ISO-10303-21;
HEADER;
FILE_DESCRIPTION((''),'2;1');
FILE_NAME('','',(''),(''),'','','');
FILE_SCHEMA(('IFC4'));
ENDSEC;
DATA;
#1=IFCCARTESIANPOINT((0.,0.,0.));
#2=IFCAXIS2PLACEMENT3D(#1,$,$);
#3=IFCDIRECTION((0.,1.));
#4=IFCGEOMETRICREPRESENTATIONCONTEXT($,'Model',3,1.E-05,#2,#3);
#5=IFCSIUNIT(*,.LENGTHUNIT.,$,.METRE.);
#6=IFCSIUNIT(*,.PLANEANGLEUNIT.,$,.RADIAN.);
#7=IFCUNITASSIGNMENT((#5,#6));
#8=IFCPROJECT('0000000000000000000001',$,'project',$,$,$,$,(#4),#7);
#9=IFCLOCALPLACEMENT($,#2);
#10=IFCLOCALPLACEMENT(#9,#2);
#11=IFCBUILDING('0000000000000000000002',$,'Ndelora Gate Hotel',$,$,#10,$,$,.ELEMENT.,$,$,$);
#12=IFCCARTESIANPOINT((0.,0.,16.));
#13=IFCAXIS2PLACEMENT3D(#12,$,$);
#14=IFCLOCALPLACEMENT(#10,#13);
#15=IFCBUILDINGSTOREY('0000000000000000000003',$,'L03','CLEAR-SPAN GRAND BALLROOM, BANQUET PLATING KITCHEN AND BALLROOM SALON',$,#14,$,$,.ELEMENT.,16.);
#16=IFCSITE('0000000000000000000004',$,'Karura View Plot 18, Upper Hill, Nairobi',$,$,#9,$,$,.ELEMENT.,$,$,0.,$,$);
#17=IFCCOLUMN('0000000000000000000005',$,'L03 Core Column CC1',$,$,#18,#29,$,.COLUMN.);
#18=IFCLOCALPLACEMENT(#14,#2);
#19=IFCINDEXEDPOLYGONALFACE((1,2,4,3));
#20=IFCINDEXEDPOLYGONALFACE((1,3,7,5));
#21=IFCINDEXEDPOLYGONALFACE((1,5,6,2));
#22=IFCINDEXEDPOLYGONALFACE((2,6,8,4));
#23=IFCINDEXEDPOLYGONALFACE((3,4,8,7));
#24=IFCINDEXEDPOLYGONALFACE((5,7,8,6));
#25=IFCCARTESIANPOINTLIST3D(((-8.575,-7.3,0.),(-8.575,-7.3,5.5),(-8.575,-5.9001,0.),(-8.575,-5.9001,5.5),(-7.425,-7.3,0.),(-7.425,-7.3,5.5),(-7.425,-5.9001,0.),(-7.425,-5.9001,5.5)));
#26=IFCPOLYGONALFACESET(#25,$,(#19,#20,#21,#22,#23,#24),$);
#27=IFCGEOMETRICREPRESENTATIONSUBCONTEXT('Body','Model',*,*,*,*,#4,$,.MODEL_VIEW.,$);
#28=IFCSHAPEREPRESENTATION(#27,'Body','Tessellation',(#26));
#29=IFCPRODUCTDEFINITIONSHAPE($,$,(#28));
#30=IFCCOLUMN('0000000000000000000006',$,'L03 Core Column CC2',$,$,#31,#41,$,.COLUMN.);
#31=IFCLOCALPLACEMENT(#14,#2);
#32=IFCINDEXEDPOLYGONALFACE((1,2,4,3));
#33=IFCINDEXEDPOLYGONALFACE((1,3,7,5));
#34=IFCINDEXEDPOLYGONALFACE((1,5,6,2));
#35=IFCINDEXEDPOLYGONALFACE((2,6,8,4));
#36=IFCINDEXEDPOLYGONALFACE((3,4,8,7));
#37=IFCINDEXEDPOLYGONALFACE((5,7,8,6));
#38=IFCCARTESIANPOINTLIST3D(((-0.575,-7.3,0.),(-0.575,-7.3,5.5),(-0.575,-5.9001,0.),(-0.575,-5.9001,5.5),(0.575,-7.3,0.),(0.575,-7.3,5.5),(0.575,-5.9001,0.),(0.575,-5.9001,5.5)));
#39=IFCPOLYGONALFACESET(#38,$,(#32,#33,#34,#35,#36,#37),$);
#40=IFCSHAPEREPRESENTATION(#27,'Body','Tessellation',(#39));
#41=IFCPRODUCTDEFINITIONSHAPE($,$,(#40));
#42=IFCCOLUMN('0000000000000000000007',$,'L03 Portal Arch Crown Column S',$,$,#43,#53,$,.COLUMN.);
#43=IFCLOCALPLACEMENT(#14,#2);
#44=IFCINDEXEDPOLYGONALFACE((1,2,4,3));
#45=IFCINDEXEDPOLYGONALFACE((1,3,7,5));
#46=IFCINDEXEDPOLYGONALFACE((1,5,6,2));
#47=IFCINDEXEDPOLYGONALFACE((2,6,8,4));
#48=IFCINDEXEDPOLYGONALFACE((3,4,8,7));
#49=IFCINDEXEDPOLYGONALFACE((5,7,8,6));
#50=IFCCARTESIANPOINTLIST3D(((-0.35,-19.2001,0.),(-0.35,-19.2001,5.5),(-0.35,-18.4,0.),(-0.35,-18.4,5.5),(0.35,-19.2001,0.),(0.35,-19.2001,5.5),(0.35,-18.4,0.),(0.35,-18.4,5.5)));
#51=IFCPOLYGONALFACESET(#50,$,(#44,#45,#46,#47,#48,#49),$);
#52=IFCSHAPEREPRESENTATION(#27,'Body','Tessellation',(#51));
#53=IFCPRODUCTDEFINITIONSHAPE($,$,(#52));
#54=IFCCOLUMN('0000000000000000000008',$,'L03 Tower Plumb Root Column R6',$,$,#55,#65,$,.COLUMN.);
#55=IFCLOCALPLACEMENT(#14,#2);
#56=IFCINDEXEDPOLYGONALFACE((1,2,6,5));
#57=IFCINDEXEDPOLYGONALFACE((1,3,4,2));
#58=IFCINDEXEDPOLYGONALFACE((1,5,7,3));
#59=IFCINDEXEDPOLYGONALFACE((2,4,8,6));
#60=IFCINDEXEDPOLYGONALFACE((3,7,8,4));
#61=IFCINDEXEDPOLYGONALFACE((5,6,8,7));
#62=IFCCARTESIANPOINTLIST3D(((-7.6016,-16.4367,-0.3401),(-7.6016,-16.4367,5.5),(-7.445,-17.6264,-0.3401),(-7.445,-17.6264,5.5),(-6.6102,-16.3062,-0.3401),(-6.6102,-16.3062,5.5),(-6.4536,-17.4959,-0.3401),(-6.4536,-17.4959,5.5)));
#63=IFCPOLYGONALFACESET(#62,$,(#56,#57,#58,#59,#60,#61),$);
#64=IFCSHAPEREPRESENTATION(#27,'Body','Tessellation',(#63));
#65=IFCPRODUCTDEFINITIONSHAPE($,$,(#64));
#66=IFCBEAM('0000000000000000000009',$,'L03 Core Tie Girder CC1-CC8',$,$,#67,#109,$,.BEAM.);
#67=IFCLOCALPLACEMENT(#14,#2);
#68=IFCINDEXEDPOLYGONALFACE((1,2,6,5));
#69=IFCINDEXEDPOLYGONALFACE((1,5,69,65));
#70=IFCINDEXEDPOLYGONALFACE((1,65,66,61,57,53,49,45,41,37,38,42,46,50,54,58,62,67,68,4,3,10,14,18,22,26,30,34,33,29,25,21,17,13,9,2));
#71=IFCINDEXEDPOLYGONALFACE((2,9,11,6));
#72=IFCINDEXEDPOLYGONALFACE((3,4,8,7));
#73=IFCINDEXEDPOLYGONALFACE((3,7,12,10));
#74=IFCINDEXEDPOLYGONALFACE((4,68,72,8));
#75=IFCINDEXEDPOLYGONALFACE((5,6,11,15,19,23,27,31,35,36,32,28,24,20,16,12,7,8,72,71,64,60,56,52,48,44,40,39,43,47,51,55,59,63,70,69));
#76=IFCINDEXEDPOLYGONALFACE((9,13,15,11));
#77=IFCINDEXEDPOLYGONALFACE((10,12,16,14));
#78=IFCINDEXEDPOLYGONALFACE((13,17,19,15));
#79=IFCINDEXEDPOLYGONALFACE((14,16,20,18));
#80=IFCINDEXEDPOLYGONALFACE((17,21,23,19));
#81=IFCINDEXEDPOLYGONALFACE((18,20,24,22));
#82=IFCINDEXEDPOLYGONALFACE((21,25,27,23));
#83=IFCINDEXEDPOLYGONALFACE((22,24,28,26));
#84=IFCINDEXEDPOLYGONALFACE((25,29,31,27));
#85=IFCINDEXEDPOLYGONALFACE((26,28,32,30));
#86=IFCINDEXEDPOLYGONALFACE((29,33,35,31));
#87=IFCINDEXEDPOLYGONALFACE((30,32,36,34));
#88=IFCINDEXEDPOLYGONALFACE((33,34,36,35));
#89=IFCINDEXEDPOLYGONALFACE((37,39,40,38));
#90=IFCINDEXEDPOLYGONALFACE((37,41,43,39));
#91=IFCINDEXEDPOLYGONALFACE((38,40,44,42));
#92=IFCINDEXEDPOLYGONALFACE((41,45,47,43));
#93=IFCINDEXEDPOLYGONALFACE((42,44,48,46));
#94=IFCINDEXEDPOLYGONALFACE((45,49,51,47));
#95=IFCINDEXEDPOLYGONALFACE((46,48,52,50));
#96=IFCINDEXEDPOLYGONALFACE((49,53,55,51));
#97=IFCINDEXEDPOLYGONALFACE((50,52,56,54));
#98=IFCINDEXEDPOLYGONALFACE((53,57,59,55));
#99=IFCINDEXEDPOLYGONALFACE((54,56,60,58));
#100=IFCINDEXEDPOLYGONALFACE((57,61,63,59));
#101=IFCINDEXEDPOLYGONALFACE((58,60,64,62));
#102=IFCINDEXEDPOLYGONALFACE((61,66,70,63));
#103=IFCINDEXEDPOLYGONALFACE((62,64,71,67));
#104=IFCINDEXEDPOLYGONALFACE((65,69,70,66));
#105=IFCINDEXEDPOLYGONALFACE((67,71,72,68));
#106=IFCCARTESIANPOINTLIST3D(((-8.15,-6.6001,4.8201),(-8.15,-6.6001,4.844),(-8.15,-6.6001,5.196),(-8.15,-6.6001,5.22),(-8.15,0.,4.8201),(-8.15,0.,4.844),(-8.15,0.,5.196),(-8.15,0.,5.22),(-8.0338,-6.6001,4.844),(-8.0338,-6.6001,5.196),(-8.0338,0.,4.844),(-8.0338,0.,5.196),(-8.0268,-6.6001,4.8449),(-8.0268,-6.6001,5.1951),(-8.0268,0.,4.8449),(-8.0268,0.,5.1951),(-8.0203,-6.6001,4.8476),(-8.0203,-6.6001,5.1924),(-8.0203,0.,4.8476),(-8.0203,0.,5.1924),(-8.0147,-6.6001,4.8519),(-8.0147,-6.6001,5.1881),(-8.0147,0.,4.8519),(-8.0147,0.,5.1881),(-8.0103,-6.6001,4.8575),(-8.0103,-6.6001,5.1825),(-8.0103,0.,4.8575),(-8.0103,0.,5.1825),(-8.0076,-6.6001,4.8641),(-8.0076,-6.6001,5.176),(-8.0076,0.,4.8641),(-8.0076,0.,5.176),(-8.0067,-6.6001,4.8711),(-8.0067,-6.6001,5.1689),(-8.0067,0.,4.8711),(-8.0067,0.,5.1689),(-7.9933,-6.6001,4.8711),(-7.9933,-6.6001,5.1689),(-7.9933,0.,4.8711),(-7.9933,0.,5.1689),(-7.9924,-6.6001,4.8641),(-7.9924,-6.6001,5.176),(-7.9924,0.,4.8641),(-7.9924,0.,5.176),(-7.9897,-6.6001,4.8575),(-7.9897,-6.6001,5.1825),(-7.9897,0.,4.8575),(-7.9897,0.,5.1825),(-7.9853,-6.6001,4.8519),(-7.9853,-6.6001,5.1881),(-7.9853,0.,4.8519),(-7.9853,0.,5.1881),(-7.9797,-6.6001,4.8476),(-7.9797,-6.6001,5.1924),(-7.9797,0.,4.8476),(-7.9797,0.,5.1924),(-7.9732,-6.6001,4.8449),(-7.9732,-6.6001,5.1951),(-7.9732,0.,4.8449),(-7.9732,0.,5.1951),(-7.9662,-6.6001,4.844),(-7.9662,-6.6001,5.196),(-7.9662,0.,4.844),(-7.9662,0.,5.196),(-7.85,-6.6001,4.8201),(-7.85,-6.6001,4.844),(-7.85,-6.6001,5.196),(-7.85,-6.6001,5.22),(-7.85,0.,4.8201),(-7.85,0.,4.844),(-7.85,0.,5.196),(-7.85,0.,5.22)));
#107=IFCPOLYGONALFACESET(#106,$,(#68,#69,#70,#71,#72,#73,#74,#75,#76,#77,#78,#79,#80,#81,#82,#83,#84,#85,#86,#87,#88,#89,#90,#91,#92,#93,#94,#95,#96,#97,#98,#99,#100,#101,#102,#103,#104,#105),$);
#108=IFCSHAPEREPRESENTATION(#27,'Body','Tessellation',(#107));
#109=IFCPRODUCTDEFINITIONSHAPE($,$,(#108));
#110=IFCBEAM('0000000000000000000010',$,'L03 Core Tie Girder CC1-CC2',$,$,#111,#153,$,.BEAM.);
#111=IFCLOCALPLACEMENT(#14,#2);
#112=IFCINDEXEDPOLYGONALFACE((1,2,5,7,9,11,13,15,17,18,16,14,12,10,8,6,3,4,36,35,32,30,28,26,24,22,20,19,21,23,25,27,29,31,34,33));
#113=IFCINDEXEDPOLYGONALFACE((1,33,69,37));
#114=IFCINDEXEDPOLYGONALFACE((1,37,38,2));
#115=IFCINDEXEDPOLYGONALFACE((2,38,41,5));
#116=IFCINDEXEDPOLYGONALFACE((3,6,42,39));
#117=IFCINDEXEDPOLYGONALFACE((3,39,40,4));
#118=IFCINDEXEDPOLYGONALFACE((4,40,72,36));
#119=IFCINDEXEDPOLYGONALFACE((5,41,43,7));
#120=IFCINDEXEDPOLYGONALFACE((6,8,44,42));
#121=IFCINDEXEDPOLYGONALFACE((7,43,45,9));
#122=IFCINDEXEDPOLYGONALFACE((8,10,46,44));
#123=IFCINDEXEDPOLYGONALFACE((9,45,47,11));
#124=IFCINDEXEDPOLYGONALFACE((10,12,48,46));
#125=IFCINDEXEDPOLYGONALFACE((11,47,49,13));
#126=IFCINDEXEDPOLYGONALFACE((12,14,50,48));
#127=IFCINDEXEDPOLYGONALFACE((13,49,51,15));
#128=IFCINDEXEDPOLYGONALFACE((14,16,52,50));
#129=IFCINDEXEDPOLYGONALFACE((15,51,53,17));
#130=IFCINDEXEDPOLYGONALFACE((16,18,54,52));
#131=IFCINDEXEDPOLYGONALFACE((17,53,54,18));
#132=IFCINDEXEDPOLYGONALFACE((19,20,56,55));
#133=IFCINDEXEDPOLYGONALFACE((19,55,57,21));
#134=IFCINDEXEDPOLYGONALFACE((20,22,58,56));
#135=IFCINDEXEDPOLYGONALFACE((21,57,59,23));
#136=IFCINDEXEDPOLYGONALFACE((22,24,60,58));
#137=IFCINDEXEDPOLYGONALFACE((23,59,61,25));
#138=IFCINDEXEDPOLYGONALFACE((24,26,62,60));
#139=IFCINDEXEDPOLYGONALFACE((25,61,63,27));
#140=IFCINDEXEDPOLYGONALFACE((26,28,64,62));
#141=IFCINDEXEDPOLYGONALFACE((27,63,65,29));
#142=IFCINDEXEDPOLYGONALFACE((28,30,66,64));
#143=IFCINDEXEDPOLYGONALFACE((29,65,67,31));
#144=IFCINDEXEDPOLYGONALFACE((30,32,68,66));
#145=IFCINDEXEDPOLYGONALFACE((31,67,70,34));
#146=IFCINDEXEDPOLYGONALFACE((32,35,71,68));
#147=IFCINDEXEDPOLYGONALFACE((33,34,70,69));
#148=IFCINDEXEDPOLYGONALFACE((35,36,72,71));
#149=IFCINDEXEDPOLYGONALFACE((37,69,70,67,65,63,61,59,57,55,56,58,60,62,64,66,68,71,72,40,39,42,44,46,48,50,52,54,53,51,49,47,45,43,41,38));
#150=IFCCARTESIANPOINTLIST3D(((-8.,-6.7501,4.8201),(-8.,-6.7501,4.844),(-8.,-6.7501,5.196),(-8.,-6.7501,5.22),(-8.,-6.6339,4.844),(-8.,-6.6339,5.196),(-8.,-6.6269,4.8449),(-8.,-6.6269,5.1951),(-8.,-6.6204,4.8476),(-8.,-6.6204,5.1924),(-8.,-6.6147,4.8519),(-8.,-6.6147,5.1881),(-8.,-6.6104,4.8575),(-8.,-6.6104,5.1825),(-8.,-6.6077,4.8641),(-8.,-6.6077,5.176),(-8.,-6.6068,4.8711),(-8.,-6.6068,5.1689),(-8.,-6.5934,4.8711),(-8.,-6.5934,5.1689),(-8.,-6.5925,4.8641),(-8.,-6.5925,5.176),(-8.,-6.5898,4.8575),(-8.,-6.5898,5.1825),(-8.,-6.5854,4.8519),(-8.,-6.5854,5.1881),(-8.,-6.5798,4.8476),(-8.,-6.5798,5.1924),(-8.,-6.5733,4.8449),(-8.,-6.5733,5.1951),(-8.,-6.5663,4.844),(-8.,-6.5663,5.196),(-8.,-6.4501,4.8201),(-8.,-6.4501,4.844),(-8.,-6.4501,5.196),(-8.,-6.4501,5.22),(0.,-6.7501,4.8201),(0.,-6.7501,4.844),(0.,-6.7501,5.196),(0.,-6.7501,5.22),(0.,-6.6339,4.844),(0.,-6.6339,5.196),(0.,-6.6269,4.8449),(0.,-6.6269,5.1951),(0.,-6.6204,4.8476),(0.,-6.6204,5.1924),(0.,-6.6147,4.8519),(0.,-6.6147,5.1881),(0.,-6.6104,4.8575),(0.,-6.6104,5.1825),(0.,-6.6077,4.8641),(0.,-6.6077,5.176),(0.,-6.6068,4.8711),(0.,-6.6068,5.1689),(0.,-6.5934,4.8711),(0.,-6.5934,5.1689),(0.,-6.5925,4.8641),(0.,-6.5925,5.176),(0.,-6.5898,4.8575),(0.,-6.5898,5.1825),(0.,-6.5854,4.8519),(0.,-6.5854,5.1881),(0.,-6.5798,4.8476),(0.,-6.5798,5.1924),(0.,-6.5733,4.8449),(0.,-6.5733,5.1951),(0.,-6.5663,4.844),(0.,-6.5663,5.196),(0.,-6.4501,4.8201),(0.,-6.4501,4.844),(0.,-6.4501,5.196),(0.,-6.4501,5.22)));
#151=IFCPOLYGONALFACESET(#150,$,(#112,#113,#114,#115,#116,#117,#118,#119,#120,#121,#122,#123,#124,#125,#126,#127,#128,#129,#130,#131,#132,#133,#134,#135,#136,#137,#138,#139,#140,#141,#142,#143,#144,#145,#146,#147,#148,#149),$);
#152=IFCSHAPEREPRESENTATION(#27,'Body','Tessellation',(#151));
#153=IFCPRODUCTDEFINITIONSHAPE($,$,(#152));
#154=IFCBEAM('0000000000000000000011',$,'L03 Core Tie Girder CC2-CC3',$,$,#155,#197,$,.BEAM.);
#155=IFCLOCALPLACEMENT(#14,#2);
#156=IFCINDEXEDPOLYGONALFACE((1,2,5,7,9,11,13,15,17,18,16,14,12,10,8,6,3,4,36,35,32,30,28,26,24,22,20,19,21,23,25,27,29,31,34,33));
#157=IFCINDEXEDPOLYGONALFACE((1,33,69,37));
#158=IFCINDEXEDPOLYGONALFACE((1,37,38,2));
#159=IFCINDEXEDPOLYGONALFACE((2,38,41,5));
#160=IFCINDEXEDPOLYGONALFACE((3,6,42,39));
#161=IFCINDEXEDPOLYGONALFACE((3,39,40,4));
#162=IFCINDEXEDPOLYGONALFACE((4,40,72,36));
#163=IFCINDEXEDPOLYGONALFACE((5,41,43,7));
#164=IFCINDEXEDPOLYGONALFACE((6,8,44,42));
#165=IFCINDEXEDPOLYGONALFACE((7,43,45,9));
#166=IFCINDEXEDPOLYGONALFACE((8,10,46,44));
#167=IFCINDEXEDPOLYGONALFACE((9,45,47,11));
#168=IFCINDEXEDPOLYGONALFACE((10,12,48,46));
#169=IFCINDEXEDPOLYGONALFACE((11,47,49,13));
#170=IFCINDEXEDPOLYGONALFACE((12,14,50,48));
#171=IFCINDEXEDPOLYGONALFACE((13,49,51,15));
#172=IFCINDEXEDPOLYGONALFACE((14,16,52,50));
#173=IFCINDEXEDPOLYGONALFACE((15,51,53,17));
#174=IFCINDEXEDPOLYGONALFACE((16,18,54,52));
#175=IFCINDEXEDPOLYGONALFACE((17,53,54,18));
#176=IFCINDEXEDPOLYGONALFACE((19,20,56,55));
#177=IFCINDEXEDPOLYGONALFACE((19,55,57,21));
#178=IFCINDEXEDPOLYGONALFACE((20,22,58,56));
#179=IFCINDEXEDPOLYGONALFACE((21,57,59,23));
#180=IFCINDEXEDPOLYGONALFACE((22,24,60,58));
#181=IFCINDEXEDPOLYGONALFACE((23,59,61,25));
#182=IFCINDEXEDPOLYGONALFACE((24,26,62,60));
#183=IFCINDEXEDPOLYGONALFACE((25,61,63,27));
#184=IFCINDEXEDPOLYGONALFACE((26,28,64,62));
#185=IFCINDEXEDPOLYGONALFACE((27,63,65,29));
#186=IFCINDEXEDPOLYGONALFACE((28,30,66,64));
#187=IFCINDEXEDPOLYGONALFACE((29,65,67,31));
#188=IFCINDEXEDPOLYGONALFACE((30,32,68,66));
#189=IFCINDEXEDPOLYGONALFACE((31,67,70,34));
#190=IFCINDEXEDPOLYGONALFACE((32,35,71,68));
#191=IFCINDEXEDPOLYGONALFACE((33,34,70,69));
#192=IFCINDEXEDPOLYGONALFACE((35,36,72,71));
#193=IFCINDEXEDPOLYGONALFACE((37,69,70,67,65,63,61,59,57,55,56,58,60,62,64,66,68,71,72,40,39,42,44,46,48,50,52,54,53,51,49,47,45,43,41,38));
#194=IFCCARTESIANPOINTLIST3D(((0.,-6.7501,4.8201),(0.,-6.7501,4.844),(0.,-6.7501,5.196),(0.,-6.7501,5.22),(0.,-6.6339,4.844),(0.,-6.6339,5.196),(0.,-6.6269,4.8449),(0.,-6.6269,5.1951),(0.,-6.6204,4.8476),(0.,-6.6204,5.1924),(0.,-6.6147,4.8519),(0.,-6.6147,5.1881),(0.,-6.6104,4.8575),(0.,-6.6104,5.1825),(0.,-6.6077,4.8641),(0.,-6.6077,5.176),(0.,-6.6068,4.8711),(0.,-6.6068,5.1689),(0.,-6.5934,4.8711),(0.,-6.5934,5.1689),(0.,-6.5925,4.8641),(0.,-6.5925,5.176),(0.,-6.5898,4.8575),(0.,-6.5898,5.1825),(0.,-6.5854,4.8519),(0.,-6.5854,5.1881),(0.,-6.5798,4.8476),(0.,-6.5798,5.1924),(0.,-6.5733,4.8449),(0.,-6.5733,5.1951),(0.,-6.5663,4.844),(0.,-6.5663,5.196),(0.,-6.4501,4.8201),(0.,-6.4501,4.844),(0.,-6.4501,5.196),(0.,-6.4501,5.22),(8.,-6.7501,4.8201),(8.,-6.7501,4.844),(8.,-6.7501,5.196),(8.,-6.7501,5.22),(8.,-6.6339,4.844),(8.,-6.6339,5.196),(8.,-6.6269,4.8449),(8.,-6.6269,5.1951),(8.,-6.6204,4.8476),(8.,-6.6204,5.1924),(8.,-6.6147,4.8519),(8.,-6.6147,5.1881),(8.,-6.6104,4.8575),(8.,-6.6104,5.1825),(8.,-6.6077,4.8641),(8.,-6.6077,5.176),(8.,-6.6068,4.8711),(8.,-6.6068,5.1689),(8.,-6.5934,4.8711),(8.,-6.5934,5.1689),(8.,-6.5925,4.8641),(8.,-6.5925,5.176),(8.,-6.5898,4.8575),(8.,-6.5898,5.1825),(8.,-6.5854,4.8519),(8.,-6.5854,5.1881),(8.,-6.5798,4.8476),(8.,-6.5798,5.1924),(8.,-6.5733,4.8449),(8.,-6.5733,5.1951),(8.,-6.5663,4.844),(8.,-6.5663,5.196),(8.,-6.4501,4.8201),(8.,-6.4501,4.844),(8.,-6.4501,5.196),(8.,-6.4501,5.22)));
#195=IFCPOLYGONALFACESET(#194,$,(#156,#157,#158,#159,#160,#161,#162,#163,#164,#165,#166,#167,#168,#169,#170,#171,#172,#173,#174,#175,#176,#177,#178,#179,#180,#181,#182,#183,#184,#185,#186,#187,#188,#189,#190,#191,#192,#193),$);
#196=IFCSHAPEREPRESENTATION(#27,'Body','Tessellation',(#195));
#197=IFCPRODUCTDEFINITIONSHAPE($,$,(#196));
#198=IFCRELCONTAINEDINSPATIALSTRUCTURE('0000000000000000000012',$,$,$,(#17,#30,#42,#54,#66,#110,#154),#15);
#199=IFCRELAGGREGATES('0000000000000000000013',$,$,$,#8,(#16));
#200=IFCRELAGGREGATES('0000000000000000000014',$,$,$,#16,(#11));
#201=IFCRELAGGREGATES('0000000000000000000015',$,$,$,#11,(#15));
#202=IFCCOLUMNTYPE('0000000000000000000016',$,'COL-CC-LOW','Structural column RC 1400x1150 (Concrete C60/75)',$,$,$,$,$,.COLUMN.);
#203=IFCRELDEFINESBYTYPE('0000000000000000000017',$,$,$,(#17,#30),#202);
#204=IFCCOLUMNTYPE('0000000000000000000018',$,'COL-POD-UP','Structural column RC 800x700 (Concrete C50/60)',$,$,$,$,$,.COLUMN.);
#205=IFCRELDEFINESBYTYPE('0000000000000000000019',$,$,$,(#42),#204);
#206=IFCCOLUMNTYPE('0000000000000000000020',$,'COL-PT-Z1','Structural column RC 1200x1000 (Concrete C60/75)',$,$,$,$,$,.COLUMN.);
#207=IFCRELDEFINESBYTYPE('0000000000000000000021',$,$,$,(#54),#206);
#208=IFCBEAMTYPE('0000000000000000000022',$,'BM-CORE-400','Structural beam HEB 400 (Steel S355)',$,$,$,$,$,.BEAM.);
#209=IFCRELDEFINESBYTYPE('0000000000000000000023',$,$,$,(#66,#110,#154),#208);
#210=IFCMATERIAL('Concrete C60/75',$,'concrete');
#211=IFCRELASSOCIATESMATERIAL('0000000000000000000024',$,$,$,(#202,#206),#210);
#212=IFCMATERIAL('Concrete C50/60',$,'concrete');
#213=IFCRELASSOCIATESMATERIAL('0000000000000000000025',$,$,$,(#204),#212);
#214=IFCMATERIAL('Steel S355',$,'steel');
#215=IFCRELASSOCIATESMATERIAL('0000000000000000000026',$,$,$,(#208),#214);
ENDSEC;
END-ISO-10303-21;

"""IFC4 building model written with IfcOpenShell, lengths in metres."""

from ifc_helpers import new_model, si_unit, direction, frame, origin, origin_2d, place, context, subcontext, project, spatial, rectangle, i_section, extrude, material, material_profile, profile_set, type_object, element, save


model = new_model("IFC4")

# Units and contexts
model_context = context("Model", 3, precision=1e-05, world=origin(), true_north=direction((0.0, 1.0)))
body_context = subcontext(model_context, "Body", "Model", "MODEL_VIEW")
ifc_project = project(units=[si_unit("LENGTHUNIT", "METRE"), si_unit("PLANEANGLEUNIT", "RADIAN")], contexts=[model_context])

# Site, building, storey
site_placement = place(None, origin())
site = spatial("IfcSite", under=ifc_project, at=site_placement, Name="Karura View Plot 18, Upper Hill, Nairobi", CompositionType="ELEMENT", RefElevation=0.0)
building_placement = place(site_placement, origin())
building = spatial("IfcBuilding", under=site, at=building_placement, Name="Ndelora Gate Hotel", CompositionType="ELEMENT")
storey_placement = place(building_placement, frame((0.0, 0.0, 16.0)))
storey = spatial("IfcBuildingStorey", under=building, at=storey_placement, Name="L03", Description="CLEAR-SPAN GRAND BALLROOM, BANQUET PLATING KITCHEN AND BALLROOM SALON", CompositionType="ELEMENT", Elevation=16.0)

# Columns
ifc_material_1 = material(Name="Concrete C60/75", Category="concrete")
ifc_material_profile_1 = material_profile(ifc_material_1, rectangle(XDim=1.1499, YDim=1.3999, at=origin_2d()), Name="RC 1400x1150")
ifc_profile_set_1 = profile_set([ifc_material_profile_1], Name="Concrete C60/75")
column_type_1 = type_object("IfcColumnType", Name="COL-CC-LOW", Description="Structural column RC 1400x1150 (Concrete C60/75)", PredefinedType="COLUMN", material=ifc_profile_set_1)
for number, where, z_axis, x_axis, name in (
    (1, (-8.0, -6.6001, 0.0), (0.0, 0.0, 1.0), (1.0, 0.0, 0.0), "L03 Core Column CC1"),
    (2, (0.0, -6.6001, 0.0), (0.0, 0.0, 1.0), (1.0, 0.0, 0.0), "L03 Core Column CC2"),
):
    element("IfcColumn", number, at=place(storey_placement, frame(where, z_axis=z_axis, x_axis=x_axis)), inside=storey, type_object=column_type_1, Name=name, PredefinedType="COLUMN", context=body_context, shape_type="SweptSolid", body=[
        extrude(rectangle(XDim=1.1499, YDim=1.3999, at=origin_2d()), origin(), (0.0, 0.0, 1.0), 5.5),
    ])
ifc_material_2 = material(Name="Concrete C50/60", Category="concrete")
ifc_material_profile_2 = material_profile(ifc_material_2, rectangle(XDim=0.7, YDim=0.8, at=origin_2d()), Name="RC 800x700")
ifc_profile_set_2 = profile_set([ifc_material_profile_2], Name="Concrete C50/60")
column_type_2 = type_object("IfcColumnType", Name="COL-POD-UP", Description="Structural column RC 800x700 (Concrete C50/60)", PredefinedType="COLUMN", material=ifc_profile_set_2)
column_1_placement = place(storey_placement, frame((0.0, -18.8, 0.0), z_axis=(0.0, 0.0, 1.0), x_axis=(1.0, 0.0, 0.0)))
element("IfcColumn", 3, at=column_1_placement, inside=storey, type_object=column_type_2, Name="L03 Portal Arch Crown Column S", PredefinedType="COLUMN", context=body_context, shape_type="SweptSolid", body=[
    extrude(rectangle(XDim=0.7, YDim=0.8, at=origin_2d()), origin(), (0.0, 0.0, 1.0), 5.5),
])
ifc_material_profile_3 = material_profile(ifc_material_1, rectangle(XDim=1.0, YDim=1.2, at=origin_2d()), Name="RC 1200x1000")
ifc_profile_set_3 = profile_set([ifc_material_profile_3], Name="Concrete C60/75")
column_type_3 = type_object("IfcColumnType", Name="COL-PT-Z1", Description="Structural column RC 1200x1000 (Concrete C60/75)", PredefinedType="COLUMN", material=ifc_profile_set_3)
column_2_placement = place(storey_placement, frame((-7.0276, -16.9663, -0.3401), z_axis=(0.0, 0.0, 1.0), x_axis=(0.991445, 0.130526, 0.0)))
element("IfcColumn", 4, at=column_2_placement, inside=storey, type_object=column_type_3, Name="L03 Tower Plumb Root Column R6", PredefinedType="COLUMN", context=body_context, shape_type="SweptSolid", body=[
    extrude(rectangle(XDim=1.0, YDim=1.2, at=origin_2d()), origin(), (0.0, 0.0, 1.0), 5.8401),
])

# Beams
ifc_material_3 = material(Name="Steel S355", Category="steel")
ifc_material_profile_4 = material_profile(ifc_material_3, i_section(OverallWidth=0.3, OverallDepth=0.3999, WebThickness=0.0134, FlangeThickness=0.0239, FilletRadius=0.0271, at=origin_2d()), Name="HEB 400")
ifc_profile_set_4 = profile_set([ifc_material_profile_4], Name="Steel S355")
beam_type_1 = type_object("IfcBeamType", Name="BM-CORE-400", Description="Structural beam HEB 400 (Steel S355)", PredefinedType="BEAM", material=ifc_profile_set_4)
beam_1_placement = place(storey_placement, frame((-8.0, -6.6001, 5.02), z_axis=(0.0, 1.0, 0.0), x_axis=(-1.0, 0.0, 0.0)))
element("IfcBeam", 5, at=beam_1_placement, inside=storey, type_object=beam_type_1, Name="L03 Core Tie Girder CC1-CC8", PredefinedType="BEAM", context=body_context, shape_type="SweptSolid", body=[
    extrude(i_section(OverallWidth=0.3, OverallDepth=0.3999, WebThickness=0.0134, FlangeThickness=0.0239, FilletRadius=0.0271, at=origin_2d()), origin(), (0.0, 0.0, 1.0), 6.6001),
])
for number, where, z_axis, x_axis, name in (
    (6, (-8.0, -6.6001, 5.02), (1.0, 0.0, 0.0), (0.0, 1.0, 0.0), "L03 Core Tie Girder CC1-CC2"),
    (7, (0.0, -6.6001, 5.02), (1.0, 0.0, 0.0), (0.0, 1.0, 0.0), "L03 Core Tie Girder CC2-CC3"),
):
    element("IfcBeam", number, at=place(storey_placement, frame(where, z_axis=z_axis, x_axis=x_axis)), inside=storey, type_object=beam_type_1, Name=name, PredefinedType="BEAM", context=body_context, shape_type="SweptSolid", body=[
        extrude(i_section(OverallWidth=0.3, OverallDepth=0.3999, WebThickness=0.0134, FlangeThickness=0.0239, FilletRadius=0.0271, at=origin_2d()), origin(), (0.0, 0.0, 1.0), 8.0),
    ])

save(model, "model.ifc")
